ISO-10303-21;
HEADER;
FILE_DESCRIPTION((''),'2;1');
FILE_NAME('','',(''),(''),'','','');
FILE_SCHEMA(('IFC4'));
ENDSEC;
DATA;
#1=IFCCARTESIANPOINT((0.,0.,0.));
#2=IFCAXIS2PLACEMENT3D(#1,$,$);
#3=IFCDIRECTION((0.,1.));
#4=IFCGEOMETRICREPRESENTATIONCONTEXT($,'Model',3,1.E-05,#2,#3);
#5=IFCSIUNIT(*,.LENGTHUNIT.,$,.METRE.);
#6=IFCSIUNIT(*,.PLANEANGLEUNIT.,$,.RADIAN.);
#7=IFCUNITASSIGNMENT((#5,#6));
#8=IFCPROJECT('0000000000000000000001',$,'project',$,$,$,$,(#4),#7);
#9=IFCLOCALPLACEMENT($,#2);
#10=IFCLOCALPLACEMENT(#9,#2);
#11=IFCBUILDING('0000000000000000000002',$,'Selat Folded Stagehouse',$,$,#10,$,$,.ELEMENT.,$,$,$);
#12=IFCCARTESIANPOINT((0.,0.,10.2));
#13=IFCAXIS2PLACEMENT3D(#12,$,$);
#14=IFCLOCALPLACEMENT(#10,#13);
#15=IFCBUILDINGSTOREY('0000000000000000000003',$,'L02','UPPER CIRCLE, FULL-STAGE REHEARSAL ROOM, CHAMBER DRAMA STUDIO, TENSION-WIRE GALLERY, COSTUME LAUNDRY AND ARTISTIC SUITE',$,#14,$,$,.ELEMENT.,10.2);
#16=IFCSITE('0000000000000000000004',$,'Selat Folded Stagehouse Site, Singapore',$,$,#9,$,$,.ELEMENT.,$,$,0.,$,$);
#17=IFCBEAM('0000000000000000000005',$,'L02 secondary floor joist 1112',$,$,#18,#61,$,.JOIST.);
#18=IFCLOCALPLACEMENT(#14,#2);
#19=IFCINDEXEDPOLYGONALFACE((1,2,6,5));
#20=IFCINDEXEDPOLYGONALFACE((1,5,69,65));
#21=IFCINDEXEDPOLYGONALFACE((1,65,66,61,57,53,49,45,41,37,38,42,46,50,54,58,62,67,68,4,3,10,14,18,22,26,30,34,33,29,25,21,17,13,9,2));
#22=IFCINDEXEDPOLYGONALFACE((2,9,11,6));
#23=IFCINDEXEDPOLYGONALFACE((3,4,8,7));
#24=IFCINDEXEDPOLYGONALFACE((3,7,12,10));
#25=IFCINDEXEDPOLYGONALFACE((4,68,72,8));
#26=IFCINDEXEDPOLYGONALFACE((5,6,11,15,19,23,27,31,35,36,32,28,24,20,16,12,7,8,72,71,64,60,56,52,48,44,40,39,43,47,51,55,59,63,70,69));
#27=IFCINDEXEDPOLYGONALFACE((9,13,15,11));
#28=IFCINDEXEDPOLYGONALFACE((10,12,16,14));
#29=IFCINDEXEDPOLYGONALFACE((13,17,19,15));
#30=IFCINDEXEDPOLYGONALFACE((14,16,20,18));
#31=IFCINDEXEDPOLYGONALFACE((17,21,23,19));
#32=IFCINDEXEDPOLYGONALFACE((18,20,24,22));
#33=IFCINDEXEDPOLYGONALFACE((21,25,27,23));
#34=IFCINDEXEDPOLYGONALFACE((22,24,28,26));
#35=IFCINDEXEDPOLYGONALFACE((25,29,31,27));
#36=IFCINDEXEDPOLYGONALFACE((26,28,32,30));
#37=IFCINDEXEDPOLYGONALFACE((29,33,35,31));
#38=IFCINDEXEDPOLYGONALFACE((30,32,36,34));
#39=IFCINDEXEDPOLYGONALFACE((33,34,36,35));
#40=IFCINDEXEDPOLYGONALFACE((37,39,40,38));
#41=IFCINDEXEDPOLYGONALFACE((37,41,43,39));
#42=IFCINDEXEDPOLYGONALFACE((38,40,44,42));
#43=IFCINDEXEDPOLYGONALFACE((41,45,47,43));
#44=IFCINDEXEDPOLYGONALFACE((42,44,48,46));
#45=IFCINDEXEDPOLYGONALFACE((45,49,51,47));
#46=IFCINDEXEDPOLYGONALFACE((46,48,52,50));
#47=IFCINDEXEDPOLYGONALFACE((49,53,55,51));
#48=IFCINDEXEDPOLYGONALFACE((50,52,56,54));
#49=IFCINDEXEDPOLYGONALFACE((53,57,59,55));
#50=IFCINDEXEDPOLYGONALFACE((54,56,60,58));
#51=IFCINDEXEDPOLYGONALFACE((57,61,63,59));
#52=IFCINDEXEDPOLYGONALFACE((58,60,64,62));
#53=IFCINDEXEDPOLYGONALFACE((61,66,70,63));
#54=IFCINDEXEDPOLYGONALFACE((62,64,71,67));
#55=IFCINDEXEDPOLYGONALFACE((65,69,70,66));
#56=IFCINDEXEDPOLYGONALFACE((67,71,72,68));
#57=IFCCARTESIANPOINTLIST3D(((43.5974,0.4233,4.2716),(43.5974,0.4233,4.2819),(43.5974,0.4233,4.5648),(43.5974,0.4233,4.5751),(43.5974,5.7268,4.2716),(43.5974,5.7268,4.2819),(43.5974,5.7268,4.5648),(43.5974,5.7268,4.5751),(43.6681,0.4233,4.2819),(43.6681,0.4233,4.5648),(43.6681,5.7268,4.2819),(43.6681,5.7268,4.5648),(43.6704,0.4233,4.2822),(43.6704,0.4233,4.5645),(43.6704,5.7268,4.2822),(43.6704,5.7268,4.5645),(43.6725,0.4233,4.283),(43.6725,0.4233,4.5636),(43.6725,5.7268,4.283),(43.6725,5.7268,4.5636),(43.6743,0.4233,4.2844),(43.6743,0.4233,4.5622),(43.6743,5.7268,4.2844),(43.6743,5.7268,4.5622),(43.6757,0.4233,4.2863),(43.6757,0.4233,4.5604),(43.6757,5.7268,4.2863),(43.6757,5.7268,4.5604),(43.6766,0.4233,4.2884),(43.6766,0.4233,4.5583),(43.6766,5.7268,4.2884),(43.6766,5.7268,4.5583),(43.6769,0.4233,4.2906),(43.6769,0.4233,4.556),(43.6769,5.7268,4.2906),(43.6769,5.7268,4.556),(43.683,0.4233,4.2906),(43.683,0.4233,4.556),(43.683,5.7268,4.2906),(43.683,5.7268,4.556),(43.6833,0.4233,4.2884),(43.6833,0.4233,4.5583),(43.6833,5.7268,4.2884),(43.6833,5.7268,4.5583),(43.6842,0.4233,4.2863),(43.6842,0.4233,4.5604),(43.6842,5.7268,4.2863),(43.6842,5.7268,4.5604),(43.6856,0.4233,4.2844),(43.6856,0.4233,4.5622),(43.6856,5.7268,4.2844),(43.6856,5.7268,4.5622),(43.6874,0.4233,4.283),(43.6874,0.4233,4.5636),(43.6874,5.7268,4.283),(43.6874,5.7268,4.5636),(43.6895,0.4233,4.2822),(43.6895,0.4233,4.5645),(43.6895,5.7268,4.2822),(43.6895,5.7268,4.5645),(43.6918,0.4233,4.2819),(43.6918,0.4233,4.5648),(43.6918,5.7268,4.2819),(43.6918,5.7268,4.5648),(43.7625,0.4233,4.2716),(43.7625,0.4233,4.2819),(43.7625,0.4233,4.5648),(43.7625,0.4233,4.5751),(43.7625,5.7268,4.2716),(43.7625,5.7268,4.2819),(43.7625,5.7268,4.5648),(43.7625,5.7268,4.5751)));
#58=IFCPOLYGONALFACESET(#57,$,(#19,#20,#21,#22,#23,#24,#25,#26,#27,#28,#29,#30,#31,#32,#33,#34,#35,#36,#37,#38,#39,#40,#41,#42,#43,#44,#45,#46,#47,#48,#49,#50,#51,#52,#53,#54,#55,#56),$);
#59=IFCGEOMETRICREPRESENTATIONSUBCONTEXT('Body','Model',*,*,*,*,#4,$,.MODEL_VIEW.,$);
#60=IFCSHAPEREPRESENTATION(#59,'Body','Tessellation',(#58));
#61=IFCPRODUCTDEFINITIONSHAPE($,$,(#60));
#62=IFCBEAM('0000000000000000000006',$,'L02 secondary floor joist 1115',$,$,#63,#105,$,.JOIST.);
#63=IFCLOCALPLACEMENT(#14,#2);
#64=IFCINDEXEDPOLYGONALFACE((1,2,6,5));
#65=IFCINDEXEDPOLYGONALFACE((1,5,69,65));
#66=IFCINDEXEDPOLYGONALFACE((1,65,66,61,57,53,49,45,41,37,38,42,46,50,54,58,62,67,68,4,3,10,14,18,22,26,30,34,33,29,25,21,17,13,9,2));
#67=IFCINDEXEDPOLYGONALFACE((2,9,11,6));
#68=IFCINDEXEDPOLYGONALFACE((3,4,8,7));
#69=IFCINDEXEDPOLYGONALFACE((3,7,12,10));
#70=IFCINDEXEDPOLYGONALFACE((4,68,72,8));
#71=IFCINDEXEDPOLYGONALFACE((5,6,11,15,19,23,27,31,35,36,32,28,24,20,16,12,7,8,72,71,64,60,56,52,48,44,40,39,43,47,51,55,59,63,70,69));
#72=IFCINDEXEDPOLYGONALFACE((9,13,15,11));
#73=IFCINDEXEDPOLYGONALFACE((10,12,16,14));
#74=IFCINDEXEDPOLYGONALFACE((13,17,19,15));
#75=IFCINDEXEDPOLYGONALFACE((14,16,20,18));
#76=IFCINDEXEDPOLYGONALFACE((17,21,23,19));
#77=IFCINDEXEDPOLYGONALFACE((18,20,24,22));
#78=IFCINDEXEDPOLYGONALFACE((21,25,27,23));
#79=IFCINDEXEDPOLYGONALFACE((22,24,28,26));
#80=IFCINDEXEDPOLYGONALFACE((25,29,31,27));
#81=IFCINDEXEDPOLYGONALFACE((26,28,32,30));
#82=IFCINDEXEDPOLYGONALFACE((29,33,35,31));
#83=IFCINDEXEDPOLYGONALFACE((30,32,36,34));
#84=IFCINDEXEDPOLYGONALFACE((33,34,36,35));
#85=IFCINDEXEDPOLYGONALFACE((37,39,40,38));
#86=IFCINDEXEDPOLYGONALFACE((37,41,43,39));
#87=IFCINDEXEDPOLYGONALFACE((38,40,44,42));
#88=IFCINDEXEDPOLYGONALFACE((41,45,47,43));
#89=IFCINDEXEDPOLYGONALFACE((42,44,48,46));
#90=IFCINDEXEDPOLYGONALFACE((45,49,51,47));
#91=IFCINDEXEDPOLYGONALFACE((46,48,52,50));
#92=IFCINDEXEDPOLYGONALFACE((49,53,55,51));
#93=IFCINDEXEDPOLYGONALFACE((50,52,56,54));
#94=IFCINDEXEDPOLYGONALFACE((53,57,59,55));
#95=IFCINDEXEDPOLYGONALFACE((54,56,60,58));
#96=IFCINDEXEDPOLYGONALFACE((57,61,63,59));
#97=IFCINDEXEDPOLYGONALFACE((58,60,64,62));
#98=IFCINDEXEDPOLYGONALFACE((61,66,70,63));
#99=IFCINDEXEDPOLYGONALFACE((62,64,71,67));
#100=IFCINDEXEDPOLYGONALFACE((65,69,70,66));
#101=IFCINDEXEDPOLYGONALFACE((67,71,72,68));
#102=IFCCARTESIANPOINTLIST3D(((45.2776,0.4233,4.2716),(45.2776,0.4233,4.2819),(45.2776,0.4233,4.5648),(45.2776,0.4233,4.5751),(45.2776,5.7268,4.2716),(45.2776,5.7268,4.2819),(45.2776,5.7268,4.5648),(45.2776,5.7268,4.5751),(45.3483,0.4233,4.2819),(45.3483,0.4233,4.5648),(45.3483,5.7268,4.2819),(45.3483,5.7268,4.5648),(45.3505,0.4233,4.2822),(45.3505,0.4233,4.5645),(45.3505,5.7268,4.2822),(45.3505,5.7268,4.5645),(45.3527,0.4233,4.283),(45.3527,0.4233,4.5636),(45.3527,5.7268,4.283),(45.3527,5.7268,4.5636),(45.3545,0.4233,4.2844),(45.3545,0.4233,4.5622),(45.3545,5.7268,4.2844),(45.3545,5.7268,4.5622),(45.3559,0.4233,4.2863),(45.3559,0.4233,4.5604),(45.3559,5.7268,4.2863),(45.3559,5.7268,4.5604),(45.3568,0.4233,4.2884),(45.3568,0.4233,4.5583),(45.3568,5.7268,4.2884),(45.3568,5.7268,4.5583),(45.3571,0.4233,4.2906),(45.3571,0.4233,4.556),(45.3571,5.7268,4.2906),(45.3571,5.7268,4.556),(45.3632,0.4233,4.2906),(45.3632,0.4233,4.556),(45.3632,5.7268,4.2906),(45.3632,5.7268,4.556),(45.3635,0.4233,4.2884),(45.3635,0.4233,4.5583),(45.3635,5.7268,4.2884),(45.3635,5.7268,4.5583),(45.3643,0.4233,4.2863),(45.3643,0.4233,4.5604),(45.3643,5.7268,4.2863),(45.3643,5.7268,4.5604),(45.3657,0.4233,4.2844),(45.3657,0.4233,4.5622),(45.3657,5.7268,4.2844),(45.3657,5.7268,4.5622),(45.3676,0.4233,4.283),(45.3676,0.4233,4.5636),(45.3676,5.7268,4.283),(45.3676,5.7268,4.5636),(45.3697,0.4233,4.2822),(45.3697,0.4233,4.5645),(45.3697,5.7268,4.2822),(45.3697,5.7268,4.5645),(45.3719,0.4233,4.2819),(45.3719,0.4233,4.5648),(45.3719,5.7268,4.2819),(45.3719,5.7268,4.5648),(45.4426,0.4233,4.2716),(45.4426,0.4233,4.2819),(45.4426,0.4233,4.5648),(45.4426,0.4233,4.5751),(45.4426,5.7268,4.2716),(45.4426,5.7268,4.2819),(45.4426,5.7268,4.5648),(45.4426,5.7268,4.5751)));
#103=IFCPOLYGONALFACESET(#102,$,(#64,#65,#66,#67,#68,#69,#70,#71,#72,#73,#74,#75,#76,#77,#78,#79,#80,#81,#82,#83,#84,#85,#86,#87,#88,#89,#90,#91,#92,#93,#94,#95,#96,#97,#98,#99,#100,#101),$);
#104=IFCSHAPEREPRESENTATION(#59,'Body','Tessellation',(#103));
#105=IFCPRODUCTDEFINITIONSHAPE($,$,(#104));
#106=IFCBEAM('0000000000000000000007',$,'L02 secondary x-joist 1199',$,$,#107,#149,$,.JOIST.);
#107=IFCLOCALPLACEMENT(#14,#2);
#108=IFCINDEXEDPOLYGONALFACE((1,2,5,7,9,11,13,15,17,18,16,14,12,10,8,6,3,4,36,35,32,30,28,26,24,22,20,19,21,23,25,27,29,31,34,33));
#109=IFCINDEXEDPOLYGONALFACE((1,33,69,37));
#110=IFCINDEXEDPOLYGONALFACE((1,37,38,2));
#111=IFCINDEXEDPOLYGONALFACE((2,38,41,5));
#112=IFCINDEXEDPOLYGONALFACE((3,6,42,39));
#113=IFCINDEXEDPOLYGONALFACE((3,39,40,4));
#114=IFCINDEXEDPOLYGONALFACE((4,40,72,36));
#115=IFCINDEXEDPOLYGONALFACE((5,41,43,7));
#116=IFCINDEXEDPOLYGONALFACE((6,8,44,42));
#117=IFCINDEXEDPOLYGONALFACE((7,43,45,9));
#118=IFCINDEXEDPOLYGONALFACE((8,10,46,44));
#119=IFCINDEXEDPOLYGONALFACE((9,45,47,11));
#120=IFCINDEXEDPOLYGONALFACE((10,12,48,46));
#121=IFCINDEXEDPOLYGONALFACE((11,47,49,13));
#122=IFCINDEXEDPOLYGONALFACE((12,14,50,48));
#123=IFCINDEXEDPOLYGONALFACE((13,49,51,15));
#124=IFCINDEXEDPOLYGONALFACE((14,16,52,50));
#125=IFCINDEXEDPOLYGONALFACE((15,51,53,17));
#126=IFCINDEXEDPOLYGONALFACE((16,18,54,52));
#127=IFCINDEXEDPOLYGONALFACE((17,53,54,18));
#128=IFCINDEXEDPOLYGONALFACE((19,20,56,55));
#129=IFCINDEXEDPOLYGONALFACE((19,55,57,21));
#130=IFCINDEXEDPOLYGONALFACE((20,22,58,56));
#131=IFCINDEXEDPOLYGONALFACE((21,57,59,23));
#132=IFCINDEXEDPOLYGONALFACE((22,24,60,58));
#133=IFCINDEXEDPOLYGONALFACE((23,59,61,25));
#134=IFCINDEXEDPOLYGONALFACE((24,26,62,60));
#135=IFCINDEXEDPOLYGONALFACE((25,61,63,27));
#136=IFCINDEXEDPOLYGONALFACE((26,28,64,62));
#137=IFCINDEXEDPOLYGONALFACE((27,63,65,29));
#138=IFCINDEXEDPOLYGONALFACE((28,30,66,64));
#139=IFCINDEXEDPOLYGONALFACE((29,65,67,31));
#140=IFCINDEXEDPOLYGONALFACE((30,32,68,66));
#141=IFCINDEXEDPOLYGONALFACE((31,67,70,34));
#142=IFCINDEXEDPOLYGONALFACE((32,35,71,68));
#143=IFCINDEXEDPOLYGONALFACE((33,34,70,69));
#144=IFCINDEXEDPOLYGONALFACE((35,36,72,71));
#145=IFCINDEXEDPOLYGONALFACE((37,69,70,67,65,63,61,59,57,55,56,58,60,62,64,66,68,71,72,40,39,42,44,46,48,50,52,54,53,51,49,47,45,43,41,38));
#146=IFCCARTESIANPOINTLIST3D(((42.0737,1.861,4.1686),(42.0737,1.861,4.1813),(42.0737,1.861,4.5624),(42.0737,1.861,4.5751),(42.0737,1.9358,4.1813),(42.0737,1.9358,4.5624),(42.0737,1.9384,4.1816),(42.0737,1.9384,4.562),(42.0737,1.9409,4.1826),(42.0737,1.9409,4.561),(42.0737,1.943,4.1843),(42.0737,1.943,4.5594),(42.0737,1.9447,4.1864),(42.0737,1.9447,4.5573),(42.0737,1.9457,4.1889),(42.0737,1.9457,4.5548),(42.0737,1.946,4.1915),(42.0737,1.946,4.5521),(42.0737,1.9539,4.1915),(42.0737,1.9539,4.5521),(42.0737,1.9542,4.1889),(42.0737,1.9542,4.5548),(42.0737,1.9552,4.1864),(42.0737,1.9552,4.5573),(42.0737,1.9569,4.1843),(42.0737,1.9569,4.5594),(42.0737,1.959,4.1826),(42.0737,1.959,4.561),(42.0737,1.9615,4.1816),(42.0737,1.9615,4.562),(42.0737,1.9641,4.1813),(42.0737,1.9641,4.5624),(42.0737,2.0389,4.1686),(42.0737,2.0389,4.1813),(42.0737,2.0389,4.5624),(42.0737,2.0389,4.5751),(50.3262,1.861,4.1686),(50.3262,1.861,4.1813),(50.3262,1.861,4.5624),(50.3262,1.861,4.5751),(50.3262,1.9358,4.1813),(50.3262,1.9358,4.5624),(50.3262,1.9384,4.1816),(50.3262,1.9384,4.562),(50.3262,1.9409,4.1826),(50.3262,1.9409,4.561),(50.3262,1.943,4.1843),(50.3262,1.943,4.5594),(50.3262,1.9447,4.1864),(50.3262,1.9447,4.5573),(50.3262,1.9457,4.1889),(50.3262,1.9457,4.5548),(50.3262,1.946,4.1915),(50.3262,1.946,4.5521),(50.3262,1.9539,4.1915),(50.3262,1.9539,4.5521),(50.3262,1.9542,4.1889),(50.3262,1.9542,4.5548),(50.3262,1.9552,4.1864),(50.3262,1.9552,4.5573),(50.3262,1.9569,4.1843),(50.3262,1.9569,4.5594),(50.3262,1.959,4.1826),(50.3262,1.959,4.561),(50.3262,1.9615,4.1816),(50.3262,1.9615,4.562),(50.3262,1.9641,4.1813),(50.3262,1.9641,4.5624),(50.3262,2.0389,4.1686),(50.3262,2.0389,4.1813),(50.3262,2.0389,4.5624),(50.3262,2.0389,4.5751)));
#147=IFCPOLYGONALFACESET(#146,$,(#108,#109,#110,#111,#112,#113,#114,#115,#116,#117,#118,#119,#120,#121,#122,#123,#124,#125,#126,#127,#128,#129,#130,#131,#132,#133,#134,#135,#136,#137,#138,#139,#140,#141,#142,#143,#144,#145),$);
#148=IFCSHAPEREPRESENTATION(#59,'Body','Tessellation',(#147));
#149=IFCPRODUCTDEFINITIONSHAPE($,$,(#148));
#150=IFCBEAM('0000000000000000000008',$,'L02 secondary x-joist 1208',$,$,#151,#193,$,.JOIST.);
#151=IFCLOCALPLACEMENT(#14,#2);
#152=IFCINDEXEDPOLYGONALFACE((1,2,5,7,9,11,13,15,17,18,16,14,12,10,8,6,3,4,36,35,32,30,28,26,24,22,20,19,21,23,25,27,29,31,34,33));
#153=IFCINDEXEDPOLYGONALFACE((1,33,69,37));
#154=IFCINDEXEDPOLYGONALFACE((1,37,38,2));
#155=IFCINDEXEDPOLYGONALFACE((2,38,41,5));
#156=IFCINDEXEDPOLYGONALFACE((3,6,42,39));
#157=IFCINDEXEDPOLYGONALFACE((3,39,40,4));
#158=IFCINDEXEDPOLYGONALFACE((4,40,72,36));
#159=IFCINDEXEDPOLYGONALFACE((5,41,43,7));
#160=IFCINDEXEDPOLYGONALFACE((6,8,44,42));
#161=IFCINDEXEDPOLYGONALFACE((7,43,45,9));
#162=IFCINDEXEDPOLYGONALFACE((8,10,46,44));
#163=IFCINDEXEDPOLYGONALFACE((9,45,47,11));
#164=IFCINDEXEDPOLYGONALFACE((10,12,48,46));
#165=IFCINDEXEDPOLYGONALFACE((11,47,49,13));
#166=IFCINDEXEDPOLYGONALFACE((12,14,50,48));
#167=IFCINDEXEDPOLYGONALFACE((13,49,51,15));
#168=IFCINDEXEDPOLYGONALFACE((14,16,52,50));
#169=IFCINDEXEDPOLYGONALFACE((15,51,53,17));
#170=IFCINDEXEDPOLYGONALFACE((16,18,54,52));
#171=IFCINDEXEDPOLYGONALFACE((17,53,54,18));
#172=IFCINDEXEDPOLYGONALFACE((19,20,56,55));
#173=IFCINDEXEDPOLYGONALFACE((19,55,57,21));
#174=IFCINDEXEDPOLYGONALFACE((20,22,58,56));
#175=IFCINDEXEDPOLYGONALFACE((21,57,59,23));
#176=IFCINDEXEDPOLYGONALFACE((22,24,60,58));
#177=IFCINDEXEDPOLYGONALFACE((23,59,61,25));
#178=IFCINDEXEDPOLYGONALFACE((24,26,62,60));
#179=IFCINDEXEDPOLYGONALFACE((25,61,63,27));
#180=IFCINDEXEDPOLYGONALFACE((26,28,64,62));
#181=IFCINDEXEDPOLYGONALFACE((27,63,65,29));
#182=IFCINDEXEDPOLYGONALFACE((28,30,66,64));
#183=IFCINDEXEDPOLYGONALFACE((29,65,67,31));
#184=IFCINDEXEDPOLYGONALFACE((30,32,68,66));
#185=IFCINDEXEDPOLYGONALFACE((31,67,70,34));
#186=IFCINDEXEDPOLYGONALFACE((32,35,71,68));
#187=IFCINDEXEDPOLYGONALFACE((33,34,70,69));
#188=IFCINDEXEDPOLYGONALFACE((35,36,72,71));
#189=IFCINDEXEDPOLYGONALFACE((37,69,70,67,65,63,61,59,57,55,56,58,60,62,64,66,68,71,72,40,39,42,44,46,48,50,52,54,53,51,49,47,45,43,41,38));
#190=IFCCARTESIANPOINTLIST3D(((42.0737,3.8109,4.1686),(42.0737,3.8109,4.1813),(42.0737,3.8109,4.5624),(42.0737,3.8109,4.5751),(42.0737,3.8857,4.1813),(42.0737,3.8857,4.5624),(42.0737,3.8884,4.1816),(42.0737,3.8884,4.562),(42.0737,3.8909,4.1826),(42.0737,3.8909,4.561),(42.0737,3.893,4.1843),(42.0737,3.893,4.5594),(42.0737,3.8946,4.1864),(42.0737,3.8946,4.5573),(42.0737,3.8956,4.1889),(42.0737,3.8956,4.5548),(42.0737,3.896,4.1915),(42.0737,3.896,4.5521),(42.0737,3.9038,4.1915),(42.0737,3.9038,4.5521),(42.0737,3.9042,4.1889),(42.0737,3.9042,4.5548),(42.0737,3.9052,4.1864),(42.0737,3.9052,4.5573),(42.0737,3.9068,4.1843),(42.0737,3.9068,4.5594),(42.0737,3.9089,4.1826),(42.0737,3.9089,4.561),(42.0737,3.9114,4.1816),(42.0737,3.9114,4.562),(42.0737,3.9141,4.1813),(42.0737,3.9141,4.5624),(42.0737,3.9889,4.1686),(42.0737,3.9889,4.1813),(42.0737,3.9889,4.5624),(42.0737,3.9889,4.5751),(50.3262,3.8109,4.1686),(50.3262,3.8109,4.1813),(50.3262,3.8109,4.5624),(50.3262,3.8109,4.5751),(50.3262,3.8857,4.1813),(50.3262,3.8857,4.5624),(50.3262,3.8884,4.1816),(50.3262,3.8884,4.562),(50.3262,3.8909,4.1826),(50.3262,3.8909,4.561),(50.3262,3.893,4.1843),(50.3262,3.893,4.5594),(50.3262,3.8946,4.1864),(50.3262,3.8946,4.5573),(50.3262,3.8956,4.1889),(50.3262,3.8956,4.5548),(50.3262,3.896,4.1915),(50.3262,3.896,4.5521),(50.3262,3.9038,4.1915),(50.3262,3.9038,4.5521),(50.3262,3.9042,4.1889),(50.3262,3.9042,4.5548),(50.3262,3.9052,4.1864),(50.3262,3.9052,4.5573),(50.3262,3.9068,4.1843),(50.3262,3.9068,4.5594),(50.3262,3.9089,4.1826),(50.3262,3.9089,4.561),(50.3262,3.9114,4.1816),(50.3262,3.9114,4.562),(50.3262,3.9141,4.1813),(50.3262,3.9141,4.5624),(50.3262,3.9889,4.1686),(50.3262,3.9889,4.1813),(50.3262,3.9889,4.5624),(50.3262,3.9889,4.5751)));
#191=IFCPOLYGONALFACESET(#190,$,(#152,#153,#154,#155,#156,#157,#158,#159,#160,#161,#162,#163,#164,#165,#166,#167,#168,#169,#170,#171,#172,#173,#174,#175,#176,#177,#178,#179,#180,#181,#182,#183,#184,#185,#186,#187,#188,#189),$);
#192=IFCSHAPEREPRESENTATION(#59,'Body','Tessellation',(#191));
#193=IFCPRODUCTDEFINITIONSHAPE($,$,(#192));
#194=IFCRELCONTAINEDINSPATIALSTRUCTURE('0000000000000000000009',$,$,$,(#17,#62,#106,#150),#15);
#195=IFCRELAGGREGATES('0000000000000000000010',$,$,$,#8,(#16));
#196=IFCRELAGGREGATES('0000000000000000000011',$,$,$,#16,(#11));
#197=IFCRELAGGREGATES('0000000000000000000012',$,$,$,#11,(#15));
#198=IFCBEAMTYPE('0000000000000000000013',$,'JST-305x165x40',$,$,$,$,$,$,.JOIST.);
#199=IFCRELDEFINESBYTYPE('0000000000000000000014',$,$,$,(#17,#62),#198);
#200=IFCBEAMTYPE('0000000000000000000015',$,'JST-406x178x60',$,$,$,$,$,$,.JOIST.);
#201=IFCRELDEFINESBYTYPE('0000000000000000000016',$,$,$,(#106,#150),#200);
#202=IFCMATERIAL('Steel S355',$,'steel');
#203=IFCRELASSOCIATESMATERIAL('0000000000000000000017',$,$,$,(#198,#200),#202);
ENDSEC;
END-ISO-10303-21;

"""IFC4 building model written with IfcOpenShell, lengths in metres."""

from ifc_helpers import new_model, si_unit, direction, frame, origin, origin_2d, place, context, subcontext, project, spatial, i_section, extrude, material, material_profile, profile_set, type_object, element, save


model = new_model("IFC4")

# Units and contexts
model_context = context("Model", 3, precision=1e-05, world=origin(), true_north=direction((0.0, 1.0)))
body_context = subcontext(model_context, "Body", "Model", "MODEL_VIEW")
ifc_project = project(units=[si_unit("LENGTHUNIT", "METRE"), si_unit("PLANEANGLEUNIT", "RADIAN")], contexts=[model_context])

# Site, building, storey
site_placement = place(None, origin())
site = spatial("IfcSite", under=ifc_project, at=site_placement, Name="Selat Folded Stagehouse Site, Singapore", CompositionType="ELEMENT", RefElevation=0.0)
building_placement = place(site_placement, origin())
building = spatial("IfcBuilding", under=site, at=building_placement, Name="Selat Folded Stagehouse", CompositionType="ELEMENT")
storey_placement = place(building_placement, frame((0.0, 0.0, 10.2)))
storey = spatial("IfcBuildingStorey", under=building, at=storey_placement, Name="L02", Description="UPPER CIRCLE, FULL-STAGE REHEARSAL ROOM, CHAMBER DRAMA STUDIO, TENSION-WIRE GALLERY, COSTUME LAUNDRY AND ARTISTIC SUITE", CompositionType="ELEMENT", Elevation=10.2)

# Beams
ifc_material_1 = material(Name="Steel S355", Category="steel")
ifc_material_profile_1 = material_profile(ifc_material_1, i_section(OverallWidth=0.165, OverallDepth=0.3035, WebThickness=0.0061, FlangeThickness=0.0103, FilletRadius=0.0088, at=origin_2d()), Name="UKB 305x165x40")
ifc_profile_set_1 = profile_set([ifc_material_profile_1], Name="Steel S355")
beam_type_1 = type_object("IfcBeamType", Name="JST-305x165x40", PredefinedType="JOIST", material=ifc_profile_set_1)
for number, where, z_axis, x_axis, name in (
    (1, (43.6799, 0.4233, 4.4233), (0.0, 1.0, 0.0), (-1.0, 0.0, 0.0), "L02 secondary floor joist 1112"),
    (2, (45.3601, 0.4233, 4.4233), (0.0, 1.0, 0.0), (-1.0, 0.0, 0.0), "L02 secondary floor joist 1115"),
):
    element("IfcBeam", number, at=place(storey_placement, frame(where, z_axis=z_axis, x_axis=x_axis)), inside=storey, type_object=beam_type_1, Name=name, PredefinedType="JOIST", context=body_context, shape_type="SweptSolid", body=[
        extrude(i_section(OverallWidth=0.165, OverallDepth=0.3035, WebThickness=0.0061, FlangeThickness=0.0103, FilletRadius=0.0088, at=origin_2d()), origin(), (0.0, 0.0, 1.0), 5.3035),
    ])
ifc_material_profile_2 = material_profile(ifc_material_1, i_section(OverallWidth=0.178, OverallDepth=0.4065, WebThickness=0.0078, FlangeThickness=0.0127, FilletRadius=0.0103, at=origin_2d()), Name="UKB 406x178x60")
ifc_profile_set_2 = profile_set([ifc_material_profile_2], Name="Steel S355")
beam_type_2 = type_object("IfcBeamType", Name="JST-406x178x60", PredefinedType="JOIST", material=ifc_profile_set_2)
for number, where, z_axis, x_axis, name in (
    (3, (42.0737, 1.95, 4.3718), (1.0, 0.0, 0.0), (0.0, 1.0, 0.0), "L02 secondary x-joist 1199"),
    (4, (42.0737, 3.8999, 4.3718), (1.0, 0.0, 0.0), (0.0, 1.0, 0.0), "L02 secondary x-joist 1208"),
):
    element("IfcBeam", number, at=place(storey_placement, frame(where, z_axis=z_axis, x_axis=x_axis)), inside=storey, type_object=beam_type_2, Name=name, PredefinedType="JOIST", context=body_context, shape_type="SweptSolid", body=[
        extrude(i_section(OverallWidth=0.178, OverallDepth=0.4065, WebThickness=0.0078, FlangeThickness=0.0127, FilletRadius=0.0103, at=origin_2d()), origin(), (0.0, 0.0, 1.0), 8.2524),
    ])

save(model, "model.ifc")
